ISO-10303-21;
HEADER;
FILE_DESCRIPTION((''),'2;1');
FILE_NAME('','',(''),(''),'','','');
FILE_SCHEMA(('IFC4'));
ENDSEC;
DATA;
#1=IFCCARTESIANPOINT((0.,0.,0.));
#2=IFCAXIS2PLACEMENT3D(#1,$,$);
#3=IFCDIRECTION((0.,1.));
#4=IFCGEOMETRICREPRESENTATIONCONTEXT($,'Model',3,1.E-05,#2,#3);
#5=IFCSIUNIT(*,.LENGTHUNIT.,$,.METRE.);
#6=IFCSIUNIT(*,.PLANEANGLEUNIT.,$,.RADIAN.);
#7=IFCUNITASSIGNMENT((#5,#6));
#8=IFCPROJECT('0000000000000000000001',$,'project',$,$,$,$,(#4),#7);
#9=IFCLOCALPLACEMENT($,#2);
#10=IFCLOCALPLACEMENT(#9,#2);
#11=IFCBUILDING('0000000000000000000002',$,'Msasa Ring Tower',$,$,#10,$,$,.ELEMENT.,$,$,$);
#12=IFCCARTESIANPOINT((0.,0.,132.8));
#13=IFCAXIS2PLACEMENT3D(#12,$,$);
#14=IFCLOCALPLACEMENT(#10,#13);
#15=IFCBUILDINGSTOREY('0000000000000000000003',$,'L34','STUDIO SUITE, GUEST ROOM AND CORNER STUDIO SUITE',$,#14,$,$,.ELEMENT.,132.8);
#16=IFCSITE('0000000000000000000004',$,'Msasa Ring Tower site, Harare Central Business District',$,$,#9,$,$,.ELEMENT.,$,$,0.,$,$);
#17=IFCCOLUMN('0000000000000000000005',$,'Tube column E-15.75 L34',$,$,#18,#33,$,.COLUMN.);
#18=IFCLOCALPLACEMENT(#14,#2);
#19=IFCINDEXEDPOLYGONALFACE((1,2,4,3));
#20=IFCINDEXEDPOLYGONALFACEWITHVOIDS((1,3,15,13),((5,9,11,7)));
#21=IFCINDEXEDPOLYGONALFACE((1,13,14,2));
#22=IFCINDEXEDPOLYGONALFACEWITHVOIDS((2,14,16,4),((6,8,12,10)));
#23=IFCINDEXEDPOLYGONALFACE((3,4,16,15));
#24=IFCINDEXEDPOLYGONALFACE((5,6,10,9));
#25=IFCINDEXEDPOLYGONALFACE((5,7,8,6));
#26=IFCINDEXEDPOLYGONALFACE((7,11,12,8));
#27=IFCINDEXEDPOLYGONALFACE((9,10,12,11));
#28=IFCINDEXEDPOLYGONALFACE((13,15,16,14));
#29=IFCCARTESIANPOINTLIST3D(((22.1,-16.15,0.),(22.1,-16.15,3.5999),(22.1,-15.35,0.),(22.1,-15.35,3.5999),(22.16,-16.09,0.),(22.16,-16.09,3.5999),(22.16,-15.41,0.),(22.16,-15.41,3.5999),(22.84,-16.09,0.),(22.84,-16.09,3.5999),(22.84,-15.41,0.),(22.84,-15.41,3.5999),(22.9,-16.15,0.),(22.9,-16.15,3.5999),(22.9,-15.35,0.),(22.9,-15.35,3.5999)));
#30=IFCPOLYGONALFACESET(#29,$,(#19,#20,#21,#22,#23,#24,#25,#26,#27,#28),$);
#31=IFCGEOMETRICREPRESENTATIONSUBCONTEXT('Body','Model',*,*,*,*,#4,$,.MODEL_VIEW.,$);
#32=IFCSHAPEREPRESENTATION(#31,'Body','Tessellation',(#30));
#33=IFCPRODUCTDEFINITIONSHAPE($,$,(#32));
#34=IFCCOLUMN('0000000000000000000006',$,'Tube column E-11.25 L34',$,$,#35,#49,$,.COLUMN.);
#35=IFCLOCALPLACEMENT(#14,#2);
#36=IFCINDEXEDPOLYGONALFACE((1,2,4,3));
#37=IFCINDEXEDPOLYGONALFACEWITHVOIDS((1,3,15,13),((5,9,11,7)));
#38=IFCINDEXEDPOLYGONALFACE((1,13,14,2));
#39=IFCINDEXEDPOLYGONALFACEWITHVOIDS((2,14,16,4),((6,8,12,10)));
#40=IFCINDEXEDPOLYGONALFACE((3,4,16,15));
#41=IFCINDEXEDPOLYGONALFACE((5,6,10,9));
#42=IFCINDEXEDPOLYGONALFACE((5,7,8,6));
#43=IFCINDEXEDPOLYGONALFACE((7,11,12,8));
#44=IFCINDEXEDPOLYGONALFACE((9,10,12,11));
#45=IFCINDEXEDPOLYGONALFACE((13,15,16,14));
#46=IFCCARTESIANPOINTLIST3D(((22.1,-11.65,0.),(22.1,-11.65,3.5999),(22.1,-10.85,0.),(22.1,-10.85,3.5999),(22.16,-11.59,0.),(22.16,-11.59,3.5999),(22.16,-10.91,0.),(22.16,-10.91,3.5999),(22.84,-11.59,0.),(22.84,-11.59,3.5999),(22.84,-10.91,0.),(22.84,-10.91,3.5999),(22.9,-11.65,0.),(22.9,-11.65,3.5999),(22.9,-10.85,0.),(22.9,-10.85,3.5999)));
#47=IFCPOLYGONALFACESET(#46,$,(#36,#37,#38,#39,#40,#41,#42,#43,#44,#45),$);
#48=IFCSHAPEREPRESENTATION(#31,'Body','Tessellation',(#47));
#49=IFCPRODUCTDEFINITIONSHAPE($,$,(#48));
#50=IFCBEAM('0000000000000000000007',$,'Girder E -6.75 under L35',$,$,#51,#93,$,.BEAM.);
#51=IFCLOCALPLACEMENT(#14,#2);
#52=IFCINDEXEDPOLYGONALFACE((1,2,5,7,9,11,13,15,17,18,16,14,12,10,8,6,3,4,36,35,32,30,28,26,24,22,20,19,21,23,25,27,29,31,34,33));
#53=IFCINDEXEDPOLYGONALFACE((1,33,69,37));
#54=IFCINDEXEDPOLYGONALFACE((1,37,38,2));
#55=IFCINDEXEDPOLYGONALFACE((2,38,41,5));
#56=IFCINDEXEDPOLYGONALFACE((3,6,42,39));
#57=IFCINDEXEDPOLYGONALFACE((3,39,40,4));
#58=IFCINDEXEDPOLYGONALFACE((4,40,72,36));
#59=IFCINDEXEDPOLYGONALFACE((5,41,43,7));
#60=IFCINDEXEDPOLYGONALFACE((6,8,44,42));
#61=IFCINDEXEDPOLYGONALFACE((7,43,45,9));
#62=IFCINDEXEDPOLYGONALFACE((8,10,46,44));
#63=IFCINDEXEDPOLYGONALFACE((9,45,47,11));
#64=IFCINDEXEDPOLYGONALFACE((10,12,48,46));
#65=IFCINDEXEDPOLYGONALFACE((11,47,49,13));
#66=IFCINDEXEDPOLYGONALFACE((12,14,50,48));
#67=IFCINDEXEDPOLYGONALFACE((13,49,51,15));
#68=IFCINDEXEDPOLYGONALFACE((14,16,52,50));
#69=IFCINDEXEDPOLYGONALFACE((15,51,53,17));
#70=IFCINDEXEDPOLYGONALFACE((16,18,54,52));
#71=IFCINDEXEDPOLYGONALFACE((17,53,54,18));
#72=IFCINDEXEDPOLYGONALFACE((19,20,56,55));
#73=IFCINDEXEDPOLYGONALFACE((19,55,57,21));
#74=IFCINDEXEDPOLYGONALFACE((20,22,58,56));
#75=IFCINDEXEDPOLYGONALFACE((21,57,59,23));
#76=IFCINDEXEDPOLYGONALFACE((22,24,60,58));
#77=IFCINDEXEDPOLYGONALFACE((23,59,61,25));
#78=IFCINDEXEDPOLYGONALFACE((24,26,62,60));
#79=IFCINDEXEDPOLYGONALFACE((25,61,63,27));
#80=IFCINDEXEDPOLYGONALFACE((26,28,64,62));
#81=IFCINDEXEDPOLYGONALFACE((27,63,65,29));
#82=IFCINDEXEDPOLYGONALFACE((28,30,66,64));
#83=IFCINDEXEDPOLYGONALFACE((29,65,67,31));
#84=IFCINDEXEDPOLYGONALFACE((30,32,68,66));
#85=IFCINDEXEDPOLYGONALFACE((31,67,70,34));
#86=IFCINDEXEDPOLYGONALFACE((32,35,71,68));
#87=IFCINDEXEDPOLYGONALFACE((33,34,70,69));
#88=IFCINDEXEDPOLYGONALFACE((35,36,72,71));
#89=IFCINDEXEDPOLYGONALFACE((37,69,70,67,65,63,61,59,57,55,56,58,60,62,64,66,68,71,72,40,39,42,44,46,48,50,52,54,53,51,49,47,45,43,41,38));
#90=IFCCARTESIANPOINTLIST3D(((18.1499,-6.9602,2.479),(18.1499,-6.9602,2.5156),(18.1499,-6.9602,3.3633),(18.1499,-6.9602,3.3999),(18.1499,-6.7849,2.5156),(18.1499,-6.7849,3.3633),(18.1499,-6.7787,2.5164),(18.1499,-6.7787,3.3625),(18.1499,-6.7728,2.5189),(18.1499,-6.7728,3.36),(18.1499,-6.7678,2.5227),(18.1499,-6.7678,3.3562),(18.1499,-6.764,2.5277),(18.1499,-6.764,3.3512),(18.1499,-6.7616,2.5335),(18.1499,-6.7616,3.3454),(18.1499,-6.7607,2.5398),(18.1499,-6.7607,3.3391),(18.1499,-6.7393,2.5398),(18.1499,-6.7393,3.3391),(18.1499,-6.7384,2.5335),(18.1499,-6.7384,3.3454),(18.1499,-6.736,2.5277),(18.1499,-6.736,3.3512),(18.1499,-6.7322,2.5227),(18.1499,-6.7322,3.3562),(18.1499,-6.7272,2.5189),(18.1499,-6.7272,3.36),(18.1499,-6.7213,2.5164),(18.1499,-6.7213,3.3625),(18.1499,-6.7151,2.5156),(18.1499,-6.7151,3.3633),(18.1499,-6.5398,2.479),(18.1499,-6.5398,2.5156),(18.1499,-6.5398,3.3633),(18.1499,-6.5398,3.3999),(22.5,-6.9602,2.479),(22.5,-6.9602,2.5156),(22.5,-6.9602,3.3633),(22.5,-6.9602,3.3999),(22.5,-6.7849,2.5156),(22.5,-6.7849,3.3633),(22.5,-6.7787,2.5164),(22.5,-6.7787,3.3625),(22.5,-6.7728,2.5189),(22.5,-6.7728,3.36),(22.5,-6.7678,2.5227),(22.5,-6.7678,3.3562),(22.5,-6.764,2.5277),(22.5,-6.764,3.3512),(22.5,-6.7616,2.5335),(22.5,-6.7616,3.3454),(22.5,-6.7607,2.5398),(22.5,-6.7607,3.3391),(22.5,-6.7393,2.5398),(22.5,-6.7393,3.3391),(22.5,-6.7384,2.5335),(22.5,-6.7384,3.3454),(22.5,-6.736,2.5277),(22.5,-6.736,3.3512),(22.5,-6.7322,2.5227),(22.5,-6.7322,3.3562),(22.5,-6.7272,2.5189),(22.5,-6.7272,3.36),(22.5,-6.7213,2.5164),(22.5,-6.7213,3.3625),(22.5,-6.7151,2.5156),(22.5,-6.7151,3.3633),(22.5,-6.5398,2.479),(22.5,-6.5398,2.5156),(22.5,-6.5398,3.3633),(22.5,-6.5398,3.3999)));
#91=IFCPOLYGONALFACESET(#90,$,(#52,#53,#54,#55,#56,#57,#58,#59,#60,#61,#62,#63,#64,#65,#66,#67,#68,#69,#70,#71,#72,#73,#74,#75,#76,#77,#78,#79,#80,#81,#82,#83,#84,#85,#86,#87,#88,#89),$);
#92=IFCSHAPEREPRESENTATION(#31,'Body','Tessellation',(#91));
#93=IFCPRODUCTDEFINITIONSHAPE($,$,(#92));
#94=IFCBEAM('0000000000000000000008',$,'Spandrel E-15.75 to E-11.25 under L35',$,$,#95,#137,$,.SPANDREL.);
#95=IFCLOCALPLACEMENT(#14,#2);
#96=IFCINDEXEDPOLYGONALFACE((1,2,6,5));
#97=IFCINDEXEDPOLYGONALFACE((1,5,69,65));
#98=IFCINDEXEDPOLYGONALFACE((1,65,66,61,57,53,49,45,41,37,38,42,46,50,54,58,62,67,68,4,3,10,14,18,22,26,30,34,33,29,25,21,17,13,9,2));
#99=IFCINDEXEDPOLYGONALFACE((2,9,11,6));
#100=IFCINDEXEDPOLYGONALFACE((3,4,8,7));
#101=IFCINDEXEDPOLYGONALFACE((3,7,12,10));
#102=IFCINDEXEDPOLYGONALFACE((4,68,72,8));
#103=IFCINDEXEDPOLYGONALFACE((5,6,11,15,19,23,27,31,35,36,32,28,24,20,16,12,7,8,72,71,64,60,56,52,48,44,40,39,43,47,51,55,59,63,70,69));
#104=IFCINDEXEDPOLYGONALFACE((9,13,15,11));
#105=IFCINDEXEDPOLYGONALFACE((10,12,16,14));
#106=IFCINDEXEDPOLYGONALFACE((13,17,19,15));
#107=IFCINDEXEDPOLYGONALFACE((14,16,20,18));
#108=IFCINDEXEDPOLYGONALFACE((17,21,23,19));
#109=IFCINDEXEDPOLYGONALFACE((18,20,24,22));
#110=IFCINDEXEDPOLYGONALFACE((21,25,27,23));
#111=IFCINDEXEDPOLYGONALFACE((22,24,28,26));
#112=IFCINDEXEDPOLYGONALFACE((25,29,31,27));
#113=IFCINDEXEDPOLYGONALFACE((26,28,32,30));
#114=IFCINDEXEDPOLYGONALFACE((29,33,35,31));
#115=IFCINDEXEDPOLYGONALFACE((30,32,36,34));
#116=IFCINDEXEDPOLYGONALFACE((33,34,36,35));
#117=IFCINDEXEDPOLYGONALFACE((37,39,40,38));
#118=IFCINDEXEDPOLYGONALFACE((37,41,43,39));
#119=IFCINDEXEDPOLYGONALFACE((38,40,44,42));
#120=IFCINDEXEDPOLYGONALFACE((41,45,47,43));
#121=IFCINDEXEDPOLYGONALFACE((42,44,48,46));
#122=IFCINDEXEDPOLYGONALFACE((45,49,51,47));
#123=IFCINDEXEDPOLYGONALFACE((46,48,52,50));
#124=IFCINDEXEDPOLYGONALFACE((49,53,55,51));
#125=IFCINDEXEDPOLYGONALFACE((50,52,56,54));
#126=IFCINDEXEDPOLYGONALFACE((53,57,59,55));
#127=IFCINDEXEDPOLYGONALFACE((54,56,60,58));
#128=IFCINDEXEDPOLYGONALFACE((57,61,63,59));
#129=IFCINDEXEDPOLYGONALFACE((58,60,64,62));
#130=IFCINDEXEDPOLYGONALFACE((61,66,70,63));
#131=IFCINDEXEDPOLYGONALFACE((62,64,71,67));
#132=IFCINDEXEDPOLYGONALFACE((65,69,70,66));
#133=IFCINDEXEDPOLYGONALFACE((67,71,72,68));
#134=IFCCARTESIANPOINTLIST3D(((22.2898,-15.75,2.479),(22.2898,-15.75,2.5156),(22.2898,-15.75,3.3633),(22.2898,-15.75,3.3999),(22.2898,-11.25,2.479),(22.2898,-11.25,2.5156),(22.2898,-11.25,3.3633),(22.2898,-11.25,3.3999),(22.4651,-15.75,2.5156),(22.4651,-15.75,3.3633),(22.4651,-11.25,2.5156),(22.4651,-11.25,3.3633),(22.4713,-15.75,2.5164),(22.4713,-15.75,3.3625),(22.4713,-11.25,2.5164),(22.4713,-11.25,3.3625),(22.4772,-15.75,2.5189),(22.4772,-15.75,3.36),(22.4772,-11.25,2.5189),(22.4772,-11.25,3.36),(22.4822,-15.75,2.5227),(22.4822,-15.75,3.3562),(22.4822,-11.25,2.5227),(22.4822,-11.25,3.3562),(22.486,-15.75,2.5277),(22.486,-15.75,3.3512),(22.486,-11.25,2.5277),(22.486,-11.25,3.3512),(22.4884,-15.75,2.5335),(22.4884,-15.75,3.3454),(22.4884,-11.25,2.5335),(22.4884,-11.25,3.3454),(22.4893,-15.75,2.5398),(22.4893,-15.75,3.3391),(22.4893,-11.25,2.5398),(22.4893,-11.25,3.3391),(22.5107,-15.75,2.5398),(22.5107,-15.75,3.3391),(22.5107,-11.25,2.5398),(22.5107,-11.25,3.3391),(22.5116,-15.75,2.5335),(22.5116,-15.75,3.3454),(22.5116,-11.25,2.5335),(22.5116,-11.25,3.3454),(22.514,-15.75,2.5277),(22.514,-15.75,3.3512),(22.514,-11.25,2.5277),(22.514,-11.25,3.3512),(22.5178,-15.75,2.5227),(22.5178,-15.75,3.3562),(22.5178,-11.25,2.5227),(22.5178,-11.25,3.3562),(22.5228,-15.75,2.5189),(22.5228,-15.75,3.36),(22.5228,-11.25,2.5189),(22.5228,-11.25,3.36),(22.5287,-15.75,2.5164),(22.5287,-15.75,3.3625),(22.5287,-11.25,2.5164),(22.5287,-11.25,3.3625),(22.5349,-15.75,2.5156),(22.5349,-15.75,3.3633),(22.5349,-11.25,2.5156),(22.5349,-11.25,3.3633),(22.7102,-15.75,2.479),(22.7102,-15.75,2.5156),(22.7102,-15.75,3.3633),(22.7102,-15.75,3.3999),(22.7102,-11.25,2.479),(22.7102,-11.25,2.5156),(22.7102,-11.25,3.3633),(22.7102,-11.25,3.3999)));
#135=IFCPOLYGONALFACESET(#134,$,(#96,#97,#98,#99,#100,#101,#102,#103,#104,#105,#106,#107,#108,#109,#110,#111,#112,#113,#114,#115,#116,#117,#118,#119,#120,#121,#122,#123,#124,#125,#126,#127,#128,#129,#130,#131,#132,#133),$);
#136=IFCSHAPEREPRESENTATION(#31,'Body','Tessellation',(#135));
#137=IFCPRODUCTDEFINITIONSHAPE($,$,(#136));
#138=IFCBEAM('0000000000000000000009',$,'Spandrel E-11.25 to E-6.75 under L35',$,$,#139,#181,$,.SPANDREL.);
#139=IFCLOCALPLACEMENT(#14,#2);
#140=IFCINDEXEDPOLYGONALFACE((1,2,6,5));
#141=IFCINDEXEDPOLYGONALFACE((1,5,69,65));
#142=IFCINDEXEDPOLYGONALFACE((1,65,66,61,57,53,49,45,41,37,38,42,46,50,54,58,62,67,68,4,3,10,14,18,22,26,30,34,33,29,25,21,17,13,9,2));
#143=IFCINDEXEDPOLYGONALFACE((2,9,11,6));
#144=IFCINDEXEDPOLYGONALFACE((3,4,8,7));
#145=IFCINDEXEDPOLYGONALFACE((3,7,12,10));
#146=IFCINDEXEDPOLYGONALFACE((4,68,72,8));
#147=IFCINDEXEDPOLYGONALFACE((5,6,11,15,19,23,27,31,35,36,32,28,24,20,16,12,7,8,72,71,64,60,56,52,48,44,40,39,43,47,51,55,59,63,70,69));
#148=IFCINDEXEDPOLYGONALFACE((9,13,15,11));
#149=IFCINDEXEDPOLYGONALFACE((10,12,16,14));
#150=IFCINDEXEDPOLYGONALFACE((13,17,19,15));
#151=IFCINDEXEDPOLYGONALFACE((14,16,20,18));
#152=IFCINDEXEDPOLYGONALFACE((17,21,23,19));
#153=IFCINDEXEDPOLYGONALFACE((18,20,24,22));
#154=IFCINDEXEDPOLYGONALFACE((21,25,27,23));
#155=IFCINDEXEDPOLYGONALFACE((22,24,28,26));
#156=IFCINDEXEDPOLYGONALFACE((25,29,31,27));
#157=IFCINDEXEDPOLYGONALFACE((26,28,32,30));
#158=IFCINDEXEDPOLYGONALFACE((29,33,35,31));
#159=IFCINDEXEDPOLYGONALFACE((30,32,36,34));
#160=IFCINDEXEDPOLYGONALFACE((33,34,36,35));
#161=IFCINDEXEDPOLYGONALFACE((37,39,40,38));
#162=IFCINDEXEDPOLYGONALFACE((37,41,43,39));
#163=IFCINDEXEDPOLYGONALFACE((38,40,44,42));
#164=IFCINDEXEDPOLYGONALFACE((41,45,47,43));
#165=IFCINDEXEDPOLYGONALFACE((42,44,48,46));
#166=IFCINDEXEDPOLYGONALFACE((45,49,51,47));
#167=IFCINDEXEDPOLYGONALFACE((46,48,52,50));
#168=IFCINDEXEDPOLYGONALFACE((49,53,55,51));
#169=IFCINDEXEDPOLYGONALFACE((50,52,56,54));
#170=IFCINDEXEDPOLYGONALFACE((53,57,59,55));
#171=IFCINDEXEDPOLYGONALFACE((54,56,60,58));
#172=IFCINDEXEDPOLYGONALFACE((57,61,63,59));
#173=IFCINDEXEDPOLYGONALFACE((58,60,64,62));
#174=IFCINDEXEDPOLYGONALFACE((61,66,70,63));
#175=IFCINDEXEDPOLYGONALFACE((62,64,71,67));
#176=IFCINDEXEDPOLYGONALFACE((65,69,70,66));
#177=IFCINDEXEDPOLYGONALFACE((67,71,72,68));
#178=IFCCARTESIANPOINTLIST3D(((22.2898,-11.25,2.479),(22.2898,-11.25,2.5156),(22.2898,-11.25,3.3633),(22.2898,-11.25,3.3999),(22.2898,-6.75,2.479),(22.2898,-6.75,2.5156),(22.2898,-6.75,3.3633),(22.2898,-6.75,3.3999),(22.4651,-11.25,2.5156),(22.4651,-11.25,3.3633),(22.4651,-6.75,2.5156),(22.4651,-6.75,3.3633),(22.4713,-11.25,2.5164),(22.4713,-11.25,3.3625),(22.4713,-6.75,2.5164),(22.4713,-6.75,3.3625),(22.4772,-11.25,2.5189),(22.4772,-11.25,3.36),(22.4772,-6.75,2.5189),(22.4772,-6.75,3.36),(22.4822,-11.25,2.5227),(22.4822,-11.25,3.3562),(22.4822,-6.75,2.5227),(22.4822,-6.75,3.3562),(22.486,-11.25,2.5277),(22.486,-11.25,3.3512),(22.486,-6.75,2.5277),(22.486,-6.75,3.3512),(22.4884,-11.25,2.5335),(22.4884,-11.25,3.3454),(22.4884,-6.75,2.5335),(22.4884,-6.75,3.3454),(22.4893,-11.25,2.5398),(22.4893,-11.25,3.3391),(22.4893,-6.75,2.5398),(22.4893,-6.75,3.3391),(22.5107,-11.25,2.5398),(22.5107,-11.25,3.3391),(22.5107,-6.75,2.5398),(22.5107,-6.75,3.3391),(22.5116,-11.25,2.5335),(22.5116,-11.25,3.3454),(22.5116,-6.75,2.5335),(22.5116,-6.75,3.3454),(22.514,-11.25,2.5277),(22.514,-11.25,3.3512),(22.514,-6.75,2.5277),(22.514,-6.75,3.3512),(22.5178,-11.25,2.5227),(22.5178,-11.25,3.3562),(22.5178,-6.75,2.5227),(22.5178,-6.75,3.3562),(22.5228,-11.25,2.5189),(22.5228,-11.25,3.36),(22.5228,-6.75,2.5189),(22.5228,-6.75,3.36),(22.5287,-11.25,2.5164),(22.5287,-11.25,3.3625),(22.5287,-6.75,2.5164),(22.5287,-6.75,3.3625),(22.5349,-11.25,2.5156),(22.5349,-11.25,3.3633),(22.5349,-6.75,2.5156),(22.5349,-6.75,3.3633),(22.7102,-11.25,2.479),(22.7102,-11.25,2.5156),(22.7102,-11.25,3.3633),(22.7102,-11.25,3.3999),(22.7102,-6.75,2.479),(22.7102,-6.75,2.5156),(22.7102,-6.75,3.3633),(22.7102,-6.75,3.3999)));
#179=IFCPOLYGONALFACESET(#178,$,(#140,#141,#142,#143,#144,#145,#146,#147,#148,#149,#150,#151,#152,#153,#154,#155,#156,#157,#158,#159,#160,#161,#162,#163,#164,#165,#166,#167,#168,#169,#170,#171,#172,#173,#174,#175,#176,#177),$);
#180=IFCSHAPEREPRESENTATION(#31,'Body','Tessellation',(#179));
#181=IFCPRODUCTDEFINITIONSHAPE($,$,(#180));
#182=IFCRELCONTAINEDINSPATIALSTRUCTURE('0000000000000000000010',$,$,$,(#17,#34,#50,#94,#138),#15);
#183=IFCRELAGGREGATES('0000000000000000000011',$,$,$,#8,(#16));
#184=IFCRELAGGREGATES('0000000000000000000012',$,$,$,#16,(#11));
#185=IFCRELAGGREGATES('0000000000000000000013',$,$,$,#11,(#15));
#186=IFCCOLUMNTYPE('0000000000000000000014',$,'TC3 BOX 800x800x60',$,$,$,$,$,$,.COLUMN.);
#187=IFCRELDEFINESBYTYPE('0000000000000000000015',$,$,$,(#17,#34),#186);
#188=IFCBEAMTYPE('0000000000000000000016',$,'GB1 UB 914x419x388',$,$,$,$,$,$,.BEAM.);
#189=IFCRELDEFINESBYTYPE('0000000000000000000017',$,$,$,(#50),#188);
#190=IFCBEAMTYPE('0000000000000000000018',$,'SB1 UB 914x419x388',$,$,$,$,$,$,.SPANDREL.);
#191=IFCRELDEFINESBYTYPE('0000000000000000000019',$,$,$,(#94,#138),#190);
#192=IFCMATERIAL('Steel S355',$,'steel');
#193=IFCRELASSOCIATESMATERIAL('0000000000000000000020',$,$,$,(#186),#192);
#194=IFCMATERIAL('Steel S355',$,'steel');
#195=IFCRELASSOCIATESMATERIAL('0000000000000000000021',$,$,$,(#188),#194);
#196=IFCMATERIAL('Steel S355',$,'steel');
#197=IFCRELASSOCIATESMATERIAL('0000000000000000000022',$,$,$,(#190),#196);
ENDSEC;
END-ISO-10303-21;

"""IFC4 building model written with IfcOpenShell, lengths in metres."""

from ifc_helpers import new_model, si_unit, direction, frame, origin, origin_2d, place, context, subcontext, project, spatial, hollow_rectangle, i_section, extrude, material, material_profile, profile_set, type_object, element, save


model = new_model("IFC4")

# Units and contexts
model_context = context("Model", 3, precision=1e-05, world=origin(), true_north=direction((0.0, 1.0)))
body_context = subcontext(model_context, "Body", "Model", "MODEL_VIEW")
ifc_project = project(units=[si_unit("LENGTHUNIT", "METRE"), si_unit("PLANEANGLEUNIT", "RADIAN")], contexts=[model_context])

# Site, building, storey
site_placement = place(None, origin())
site = spatial("IfcSite", under=ifc_project, at=site_placement, Name="Msasa Ring Tower site, Harare Central Business District", CompositionType="ELEMENT", RefElevation=0.0)
building_placement = place(site_placement, origin())
building = spatial("IfcBuilding", under=site, at=building_placement, Name="Msasa Ring Tower", CompositionType="ELEMENT")
storey_placement = place(building_placement, frame((0.0, 0.0, 132.8)))
storey = spatial("IfcBuildingStorey", under=building, at=storey_placement, Name="L34", Description="STUDIO SUITE, GUEST ROOM AND CORNER STUDIO SUITE", CompositionType="ELEMENT", Elevation=132.8)

# Columns
ifc_material_1 = material(Name="Steel S355", Category="steel")
ifc_material_profile_1 = material_profile(ifc_material_1, hollow_rectangle(XDim=0.8, YDim=0.8, WallThickness=0.0601, at=origin_2d()), Name="BOX 800x800x60")
ifc_profile_set_1 = profile_set([ifc_material_profile_1], Name="Steel S355")
column_type = type_object("IfcColumnType", Name="TC3 BOX 800x800x60", PredefinedType="COLUMN", material=ifc_profile_set_1)
for number, where, z_axis, x_axis, name in (
    (1, (22.5, -15.75, 0.0), (0.0, 0.0, 1.0), (1.0, 0.0, 0.0), "Tube column E-15.75 L34"),
    (2, (22.5, -11.25, 0.0), (0.0, 0.0, 1.0), (1.0, 0.0, 0.0), "Tube column E-11.25 L34"),
):
    element("IfcColumn", number, at=place(storey_placement, frame(where, z_axis=z_axis, x_axis=x_axis)), inside=storey, type_object=column_type, Name=name, PredefinedType="COLUMN", context=body_context, shape_type="SweptSolid", body=[
        extrude(hollow_rectangle(XDim=0.8, YDim=0.8, WallThickness=0.0601, at=origin_2d()), origin(), (0.0, 0.0, 1.0), 3.5999),
    ])

# Beams
ifc_material_2 = material(Name="Steel S355", Category="steel")
ifc_material_profile_2 = material_profile(ifc_material_2, i_section(OverallWidth=0.4204, OverallDepth=0.9209, WebThickness=0.0215, FlangeThickness=0.0366, FilletRadius=0.0242, at=origin_2d()), Name="UB 914x419x388")
ifc_profile_set_2 = profile_set([ifc_material_profile_2], Name="Steel S355")
beam_type_1 = type_object("IfcBeamType", Name="GB1 UB 914x419x388", PredefinedType="BEAM", material=ifc_profile_set_2)
beam_placement = place(storey_placement, frame((18.1499, -6.75, 2.9395), z_axis=(1.0, 0.0, 0.0), x_axis=(0.0, 1.0, 0.0)))
element("IfcBeam", 3, at=beam_placement, inside=storey, type_object=beam_type_1, Name="Girder E -6.75 under L35", PredefinedType="BEAM", context=body_context, shape_type="SweptSolid", body=[
    extrude(i_section(OverallWidth=0.4204, OverallDepth=0.9209, WebThickness=0.0215, FlangeThickness=0.0366, FilletRadius=0.0242, at=origin_2d()), origin(), (0.0, 0.0, 1.0), 4.3501),
])
ifc_material_3 = material(Name="Steel S355", Category="steel")
ifc_material_profile_3 = material_profile(ifc_material_3, i_section(OverallWidth=0.4204, OverallDepth=0.9209, WebThickness=0.0215, FlangeThickness=0.0366, FilletRadius=0.0242, at=origin_2d()), Name="UB 914x419x388")
ifc_profile_set_3 = profile_set([ifc_material_profile_3], Name="Steel S355")
beam_type_2 = type_object("IfcBeamType", Name="SB1 UB 914x419x388", PredefinedType="SPANDREL", material=ifc_profile_set_3)
for number, where, z_axis, x_axis, name in (
    (4, (22.5, -15.75, 2.9395), (0.0, 1.0, 0.0), (-1.0, 0.0, 0.0), "Spandrel E-15.75 to E-11.25 under L35"),
    (5, (22.5, -11.25, 2.9395), (0.0, 1.0, 0.0), (-1.0, 0.0, 0.0), "Spandrel E-11.25 to E-6.75 under L35"),
):
    element("IfcBeam", number, at=place(storey_placement, frame(where, z_axis=z_axis, x_axis=x_axis)), inside=storey, type_object=beam_type_2, Name=name, PredefinedType="SPANDREL", context=body_context, shape_type="SweptSolid", body=[
        extrude(i_section(OverallWidth=0.4204, OverallDepth=0.9209, WebThickness=0.0215, FlangeThickness=0.0366, FilletRadius=0.0242, at=origin_2d()), origin(), (0.0, 0.0, 1.0), 4.5),
    ])

save(model, "model.ifc")
